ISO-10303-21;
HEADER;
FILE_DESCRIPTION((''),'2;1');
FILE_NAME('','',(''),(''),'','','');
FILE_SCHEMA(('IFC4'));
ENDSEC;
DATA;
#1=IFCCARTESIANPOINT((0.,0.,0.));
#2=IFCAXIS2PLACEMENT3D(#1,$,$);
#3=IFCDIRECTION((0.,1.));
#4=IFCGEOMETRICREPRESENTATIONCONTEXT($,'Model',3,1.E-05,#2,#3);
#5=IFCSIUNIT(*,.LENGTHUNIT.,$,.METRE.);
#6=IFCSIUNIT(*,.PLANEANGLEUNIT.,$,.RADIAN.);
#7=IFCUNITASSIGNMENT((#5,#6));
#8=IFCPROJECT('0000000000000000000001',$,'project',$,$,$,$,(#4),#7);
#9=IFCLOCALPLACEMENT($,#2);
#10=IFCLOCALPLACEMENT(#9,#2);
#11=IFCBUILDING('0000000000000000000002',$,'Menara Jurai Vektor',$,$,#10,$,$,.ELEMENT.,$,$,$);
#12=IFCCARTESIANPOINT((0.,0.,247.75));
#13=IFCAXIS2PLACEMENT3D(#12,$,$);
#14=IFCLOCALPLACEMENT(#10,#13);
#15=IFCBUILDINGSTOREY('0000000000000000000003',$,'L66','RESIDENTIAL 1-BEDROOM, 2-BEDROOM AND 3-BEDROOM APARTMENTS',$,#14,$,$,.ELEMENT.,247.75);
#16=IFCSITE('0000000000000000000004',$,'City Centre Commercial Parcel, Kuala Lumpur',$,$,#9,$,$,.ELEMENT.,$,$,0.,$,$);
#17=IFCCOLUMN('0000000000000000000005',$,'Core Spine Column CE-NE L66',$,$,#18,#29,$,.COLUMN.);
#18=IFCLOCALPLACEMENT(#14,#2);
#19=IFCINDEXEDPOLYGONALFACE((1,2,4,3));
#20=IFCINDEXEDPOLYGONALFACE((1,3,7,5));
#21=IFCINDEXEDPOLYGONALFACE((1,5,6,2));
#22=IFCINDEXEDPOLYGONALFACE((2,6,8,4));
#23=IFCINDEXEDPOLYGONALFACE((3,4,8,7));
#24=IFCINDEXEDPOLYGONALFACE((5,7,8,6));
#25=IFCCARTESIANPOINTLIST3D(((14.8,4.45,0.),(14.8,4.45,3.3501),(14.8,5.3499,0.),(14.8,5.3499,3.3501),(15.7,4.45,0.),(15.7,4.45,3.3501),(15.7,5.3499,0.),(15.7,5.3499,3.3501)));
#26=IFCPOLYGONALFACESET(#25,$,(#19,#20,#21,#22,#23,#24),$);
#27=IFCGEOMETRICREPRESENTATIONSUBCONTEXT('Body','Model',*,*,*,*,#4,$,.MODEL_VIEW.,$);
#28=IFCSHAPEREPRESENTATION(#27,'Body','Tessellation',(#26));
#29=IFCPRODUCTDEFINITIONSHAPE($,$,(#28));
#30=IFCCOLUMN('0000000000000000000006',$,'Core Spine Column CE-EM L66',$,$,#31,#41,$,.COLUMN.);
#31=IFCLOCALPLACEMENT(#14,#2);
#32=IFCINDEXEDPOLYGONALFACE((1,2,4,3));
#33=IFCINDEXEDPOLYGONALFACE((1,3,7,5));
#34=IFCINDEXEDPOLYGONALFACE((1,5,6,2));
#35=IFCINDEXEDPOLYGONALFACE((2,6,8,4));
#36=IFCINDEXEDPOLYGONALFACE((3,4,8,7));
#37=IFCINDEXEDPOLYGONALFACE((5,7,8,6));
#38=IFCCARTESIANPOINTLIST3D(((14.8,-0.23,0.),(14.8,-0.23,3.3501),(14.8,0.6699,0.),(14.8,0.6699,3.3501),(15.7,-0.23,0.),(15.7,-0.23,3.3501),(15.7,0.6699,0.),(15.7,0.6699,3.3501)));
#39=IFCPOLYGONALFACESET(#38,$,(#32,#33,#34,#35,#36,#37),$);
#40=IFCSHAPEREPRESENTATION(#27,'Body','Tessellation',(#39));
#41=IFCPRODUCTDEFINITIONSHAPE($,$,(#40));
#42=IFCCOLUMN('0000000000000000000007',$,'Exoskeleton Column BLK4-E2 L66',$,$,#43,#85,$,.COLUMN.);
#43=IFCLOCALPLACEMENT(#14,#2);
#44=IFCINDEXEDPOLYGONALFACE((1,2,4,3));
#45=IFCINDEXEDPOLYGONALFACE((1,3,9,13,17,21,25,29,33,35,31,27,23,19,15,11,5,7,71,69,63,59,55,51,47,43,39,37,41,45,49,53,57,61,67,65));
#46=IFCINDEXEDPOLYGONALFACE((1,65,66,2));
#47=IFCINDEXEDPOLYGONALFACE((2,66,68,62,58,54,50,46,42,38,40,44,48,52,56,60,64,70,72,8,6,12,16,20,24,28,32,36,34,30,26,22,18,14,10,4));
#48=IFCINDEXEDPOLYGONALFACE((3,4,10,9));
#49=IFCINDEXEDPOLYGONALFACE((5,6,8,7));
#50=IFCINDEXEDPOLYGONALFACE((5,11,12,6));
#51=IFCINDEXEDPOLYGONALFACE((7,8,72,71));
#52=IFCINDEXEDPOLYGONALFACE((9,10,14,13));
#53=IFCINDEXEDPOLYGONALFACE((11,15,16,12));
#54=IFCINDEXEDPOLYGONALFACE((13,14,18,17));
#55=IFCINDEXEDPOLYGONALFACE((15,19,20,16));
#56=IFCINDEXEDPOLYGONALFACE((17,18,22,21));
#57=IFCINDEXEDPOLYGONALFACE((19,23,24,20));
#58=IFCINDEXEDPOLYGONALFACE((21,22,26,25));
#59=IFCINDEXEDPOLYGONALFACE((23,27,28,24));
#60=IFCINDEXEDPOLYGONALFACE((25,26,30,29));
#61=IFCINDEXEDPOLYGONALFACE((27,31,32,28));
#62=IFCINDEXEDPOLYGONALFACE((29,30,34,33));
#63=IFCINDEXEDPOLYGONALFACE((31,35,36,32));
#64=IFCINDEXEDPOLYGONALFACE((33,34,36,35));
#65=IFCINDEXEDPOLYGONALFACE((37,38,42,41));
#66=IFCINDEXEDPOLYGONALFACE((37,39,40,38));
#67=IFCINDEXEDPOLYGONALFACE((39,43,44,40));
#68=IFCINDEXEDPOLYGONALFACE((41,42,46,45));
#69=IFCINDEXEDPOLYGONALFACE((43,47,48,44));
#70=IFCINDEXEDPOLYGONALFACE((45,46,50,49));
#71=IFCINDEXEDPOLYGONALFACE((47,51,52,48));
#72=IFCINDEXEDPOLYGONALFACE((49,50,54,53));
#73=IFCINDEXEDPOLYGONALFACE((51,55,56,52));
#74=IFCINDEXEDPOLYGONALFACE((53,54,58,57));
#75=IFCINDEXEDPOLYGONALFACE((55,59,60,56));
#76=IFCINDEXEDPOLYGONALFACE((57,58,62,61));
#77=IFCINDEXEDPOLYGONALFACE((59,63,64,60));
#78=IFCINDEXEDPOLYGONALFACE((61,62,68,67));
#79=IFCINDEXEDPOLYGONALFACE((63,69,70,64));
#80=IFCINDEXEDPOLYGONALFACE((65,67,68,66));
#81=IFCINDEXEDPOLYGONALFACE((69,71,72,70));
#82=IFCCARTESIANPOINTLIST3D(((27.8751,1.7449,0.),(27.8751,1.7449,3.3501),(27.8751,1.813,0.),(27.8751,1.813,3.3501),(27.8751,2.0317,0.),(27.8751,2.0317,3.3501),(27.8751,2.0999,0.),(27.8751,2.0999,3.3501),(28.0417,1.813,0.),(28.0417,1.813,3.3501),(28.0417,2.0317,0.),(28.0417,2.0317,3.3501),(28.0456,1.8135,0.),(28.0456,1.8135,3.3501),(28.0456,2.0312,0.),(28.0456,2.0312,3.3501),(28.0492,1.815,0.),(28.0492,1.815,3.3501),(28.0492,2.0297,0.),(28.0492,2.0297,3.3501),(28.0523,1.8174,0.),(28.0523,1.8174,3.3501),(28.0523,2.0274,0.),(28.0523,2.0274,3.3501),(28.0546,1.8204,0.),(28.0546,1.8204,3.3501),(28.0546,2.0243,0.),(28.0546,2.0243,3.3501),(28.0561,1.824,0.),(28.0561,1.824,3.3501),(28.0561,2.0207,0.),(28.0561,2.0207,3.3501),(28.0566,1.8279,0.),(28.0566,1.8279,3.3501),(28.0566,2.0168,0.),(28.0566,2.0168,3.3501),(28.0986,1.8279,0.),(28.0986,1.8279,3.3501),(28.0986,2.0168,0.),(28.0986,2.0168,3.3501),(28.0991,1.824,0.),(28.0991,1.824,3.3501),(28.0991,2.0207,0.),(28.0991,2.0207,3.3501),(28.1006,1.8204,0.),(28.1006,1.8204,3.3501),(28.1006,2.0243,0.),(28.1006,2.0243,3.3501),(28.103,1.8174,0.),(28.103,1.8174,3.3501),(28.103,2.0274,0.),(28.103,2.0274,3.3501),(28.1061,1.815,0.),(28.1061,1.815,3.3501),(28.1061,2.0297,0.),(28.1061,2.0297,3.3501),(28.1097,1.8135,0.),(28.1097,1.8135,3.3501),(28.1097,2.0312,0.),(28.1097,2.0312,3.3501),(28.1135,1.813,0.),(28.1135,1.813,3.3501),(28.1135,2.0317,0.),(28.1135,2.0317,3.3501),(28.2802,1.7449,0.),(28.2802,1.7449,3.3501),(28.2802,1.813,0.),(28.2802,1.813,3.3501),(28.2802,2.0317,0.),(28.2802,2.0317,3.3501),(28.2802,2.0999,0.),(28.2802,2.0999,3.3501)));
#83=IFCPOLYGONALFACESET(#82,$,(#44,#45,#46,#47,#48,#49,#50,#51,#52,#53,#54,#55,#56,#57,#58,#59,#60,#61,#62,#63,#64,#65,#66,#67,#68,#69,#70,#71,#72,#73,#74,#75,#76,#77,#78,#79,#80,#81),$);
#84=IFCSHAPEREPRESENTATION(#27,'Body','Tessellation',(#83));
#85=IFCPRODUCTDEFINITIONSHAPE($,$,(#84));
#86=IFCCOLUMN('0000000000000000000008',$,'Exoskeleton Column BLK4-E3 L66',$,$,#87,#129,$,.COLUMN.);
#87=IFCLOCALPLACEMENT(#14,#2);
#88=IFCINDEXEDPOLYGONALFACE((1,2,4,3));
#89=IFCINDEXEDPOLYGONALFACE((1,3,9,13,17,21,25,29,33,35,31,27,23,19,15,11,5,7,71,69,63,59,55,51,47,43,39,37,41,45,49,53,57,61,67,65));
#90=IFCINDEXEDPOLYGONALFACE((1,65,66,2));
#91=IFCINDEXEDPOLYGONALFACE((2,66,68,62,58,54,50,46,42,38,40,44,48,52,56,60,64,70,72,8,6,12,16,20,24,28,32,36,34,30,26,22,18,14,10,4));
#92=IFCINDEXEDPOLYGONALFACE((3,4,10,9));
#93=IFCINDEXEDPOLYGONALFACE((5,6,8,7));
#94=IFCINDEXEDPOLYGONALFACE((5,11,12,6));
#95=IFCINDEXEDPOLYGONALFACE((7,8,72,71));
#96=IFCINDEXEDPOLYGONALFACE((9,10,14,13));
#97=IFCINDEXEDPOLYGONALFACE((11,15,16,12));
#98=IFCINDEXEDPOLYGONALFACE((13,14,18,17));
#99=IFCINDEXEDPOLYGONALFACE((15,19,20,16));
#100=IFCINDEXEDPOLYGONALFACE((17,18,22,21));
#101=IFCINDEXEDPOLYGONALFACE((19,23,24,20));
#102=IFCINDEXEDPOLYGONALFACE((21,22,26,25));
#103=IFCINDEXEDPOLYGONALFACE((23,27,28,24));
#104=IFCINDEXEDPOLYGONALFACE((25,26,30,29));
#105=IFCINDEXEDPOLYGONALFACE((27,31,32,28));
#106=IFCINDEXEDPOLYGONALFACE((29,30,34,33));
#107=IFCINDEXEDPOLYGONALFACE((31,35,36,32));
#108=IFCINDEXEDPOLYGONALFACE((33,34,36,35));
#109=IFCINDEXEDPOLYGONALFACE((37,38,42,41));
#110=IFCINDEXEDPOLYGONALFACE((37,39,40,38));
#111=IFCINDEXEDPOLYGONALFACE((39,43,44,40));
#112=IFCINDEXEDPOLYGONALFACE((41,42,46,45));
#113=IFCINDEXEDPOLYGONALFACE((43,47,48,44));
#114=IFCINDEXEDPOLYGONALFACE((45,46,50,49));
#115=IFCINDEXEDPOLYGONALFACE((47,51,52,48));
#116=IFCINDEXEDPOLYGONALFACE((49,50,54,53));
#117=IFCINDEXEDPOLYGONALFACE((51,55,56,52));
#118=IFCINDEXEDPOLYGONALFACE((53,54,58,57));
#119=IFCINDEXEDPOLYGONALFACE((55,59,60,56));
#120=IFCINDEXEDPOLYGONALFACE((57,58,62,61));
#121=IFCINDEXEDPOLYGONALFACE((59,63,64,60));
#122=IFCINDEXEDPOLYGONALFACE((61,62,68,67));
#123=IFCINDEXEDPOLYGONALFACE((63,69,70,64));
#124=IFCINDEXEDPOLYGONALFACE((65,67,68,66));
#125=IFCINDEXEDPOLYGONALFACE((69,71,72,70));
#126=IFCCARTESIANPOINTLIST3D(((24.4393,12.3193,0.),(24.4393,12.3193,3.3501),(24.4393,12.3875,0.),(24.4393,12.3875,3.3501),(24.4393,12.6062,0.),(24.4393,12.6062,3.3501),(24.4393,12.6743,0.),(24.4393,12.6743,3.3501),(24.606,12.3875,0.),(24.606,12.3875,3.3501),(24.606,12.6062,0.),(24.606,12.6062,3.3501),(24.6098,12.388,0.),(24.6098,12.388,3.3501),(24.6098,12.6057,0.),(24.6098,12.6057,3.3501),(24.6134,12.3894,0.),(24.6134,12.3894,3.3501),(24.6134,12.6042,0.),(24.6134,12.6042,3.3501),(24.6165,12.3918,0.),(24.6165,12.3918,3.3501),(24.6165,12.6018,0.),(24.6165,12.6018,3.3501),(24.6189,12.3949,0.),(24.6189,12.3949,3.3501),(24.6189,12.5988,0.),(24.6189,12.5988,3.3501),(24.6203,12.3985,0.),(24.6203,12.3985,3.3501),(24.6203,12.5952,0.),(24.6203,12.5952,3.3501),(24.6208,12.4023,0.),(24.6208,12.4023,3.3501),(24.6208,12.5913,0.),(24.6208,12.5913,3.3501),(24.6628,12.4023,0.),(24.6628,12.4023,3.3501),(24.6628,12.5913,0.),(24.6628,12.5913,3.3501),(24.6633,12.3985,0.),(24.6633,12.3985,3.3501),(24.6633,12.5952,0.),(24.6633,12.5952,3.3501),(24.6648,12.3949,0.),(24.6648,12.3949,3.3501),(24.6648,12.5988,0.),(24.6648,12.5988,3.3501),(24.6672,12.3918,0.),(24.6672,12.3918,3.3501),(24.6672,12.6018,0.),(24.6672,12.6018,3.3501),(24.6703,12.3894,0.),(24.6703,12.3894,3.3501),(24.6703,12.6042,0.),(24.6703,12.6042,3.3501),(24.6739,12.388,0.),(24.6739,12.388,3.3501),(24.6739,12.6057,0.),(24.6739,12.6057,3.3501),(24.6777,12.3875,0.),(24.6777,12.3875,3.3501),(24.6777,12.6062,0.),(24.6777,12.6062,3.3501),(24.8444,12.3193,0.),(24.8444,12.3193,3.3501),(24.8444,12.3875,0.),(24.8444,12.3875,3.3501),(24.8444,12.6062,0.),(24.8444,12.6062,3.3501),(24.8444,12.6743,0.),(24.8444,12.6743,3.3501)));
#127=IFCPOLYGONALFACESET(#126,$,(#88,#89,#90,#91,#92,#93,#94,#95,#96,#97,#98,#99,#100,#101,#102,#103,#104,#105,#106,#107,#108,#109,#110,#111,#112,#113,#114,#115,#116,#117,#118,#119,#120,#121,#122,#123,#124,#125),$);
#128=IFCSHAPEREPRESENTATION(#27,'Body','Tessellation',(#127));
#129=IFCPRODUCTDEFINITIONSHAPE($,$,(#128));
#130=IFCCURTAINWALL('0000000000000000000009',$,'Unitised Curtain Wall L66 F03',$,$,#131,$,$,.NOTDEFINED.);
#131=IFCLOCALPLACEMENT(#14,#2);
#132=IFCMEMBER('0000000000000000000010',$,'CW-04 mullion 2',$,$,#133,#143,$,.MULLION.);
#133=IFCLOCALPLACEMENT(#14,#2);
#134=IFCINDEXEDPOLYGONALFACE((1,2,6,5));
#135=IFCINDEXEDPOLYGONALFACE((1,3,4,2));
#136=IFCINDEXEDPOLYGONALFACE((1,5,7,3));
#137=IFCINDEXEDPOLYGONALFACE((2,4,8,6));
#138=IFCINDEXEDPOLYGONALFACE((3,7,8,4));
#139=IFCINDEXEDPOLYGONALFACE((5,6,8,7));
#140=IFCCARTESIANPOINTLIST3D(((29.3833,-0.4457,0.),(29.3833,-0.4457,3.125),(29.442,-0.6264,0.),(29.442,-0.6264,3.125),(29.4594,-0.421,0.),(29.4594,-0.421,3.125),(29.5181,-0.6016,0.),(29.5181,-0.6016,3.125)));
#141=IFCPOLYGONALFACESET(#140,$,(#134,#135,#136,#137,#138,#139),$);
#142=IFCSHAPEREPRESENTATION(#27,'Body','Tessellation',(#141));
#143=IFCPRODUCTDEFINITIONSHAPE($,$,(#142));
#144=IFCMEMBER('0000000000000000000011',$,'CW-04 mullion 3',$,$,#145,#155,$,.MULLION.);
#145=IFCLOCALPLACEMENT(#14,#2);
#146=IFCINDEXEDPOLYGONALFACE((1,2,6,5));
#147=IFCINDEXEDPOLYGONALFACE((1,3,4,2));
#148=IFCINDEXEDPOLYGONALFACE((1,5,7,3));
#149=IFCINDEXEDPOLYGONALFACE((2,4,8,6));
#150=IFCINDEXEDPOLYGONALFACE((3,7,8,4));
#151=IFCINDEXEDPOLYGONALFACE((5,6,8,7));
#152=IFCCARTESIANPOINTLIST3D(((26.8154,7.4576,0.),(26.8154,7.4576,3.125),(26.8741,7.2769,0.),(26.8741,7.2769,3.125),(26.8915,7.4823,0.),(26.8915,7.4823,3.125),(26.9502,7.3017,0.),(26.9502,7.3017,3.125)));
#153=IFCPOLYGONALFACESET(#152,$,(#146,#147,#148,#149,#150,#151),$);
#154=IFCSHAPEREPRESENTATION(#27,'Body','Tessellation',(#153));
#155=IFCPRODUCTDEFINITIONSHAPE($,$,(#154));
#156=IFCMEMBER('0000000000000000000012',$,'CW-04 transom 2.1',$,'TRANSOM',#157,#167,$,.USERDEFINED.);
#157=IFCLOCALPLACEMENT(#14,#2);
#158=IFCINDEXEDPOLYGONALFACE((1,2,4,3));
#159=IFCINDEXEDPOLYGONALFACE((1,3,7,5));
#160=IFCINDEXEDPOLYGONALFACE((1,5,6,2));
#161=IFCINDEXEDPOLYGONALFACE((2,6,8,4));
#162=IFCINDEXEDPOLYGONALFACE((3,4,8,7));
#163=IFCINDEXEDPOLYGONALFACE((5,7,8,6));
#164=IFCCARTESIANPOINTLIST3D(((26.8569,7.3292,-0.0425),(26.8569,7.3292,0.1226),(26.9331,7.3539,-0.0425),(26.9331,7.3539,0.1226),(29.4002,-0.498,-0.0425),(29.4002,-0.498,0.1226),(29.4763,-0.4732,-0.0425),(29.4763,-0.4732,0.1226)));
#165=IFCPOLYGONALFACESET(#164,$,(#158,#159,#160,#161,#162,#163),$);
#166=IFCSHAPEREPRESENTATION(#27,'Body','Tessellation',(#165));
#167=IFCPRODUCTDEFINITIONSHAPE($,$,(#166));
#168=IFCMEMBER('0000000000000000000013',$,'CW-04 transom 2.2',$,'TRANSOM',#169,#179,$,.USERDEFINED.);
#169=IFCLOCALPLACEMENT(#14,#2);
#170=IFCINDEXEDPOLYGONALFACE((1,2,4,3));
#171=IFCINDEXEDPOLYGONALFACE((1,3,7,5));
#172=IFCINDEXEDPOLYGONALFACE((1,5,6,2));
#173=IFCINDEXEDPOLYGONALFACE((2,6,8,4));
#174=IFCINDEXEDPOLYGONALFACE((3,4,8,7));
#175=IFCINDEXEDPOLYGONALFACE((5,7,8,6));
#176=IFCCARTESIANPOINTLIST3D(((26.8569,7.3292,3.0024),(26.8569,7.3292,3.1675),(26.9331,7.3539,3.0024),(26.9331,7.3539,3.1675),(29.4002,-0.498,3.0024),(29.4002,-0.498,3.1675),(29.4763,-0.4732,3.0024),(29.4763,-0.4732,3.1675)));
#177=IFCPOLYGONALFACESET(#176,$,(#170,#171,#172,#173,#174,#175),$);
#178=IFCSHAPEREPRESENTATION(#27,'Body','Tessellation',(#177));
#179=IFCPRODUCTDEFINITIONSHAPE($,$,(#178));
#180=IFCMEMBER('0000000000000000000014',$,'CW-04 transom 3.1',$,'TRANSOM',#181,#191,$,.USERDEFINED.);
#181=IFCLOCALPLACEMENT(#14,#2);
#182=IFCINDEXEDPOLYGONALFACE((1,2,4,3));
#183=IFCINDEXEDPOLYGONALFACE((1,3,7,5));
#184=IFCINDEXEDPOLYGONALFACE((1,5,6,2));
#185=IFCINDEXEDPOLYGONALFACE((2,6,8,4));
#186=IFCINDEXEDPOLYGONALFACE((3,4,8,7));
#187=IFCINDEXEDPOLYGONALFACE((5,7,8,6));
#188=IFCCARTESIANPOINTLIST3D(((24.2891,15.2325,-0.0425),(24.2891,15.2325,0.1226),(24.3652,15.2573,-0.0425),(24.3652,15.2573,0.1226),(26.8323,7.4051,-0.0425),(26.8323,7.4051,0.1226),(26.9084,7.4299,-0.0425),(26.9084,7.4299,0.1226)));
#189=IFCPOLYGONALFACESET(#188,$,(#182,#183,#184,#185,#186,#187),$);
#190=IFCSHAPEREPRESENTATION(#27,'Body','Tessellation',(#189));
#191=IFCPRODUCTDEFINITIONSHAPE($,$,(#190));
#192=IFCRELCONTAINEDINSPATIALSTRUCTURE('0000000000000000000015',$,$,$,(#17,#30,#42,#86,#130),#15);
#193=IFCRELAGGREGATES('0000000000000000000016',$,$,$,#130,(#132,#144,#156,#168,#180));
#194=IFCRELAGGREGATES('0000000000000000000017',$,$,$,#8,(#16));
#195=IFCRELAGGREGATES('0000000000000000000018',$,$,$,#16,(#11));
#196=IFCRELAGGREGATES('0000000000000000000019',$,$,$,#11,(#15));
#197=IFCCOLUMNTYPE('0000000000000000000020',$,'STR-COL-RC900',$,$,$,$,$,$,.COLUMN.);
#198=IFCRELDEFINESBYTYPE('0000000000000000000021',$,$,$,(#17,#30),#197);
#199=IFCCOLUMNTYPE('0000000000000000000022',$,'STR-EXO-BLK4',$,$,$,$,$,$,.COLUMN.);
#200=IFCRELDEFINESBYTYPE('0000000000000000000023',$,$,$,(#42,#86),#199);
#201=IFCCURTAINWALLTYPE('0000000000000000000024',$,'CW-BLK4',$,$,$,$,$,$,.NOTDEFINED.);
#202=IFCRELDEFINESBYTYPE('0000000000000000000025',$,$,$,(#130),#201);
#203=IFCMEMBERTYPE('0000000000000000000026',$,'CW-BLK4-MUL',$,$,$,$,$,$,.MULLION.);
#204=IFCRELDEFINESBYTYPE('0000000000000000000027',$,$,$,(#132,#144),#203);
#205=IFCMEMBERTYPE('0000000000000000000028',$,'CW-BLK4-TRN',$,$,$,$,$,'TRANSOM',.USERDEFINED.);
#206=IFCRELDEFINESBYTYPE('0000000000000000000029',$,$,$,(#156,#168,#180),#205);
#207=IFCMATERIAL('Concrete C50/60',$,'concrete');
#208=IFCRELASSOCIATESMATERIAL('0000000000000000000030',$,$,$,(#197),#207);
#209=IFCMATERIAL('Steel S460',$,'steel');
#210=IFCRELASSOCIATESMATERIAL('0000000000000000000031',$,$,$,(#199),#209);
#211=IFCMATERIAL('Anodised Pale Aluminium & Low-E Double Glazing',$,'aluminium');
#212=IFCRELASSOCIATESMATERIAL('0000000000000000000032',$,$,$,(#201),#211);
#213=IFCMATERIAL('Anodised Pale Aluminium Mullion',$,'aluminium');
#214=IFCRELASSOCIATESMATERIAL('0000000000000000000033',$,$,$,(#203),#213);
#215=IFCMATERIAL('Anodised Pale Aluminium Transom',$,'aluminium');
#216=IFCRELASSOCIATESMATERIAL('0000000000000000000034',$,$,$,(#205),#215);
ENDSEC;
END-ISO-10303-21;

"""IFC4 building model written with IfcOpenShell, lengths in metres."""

from ifc_helpers import new_model, si_unit, direction, frame, origin, origin_2d, place, context, subcontext, project, spatial, rectangle, i_section, extrude, material, material_profile, profile_set, type_object, element, aggregate, save


model = new_model("IFC4")

# Units and contexts
model_context = context("Model", 3, precision=1e-05, world=origin(), true_north=direction((0.0, 1.0)))
body_context = subcontext(model_context, "Body", "Model", "MODEL_VIEW")
ifc_project = project(units=[si_unit("LENGTHUNIT", "METRE"), si_unit("PLANEANGLEUNIT", "RADIAN")], contexts=[model_context])

# Site, building, storey
site_placement = place(None, origin())
site = spatial("IfcSite", under=ifc_project, at=site_placement, Name="City Centre Commercial Parcel, Kuala Lumpur", CompositionType="ELEMENT", RefElevation=0.0)
building_placement = place(site_placement, origin())
building = spatial("IfcBuilding", under=site, at=building_placement, Name="Menara Jurai Vektor", CompositionType="ELEMENT")
storey_placement = place(building_placement, frame((0.0, 0.0, 247.75)))
storey = spatial("IfcBuildingStorey", under=building, at=storey_placement, Name="L66", Description="RESIDENTIAL 1-BEDROOM, 2-BEDROOM AND 3-BEDROOM APARTMENTS", CompositionType="ELEMENT", Elevation=247.75)

# Columns
ifc_material_1 = material(Name="Concrete C50/60", Category="concrete")
ifc_material_profile_1 = material_profile(ifc_material_1, rectangle(XDim=0.8999, YDim=0.8999, at=origin_2d()), Name="RC 900x900")
ifc_profile_set_1 = profile_set([ifc_material_profile_1], Name="Concrete C50/60")
column_type_1 = type_object("IfcColumnType", Name="STR-COL-RC900", PredefinedType="COLUMN", material=ifc_profile_set_1)
for number, where, z_axis, x_axis, name in (
    (1, (15.25, 4.8999, 0.0), (0.0, 0.0, 1.0), (1.0, 0.0, 0.0), "Core Spine Column CE-NE L66"),
    (2, (15.25, 0.22, 0.0), (0.0, 0.0, 1.0), (1.0, 0.0, 0.0), "Core Spine Column CE-EM L66"),
):
    element("IfcColumn", number, at=place(storey_placement, frame(where, z_axis=z_axis, x_axis=x_axis)), inside=storey, type_object=column_type_1, Name=name, PredefinedType="COLUMN", context=body_context, shape_type="SweptSolid", body=[
        extrude(rectangle(XDim=0.8999, YDim=0.8999, at=origin_2d()), origin(), (0.0, 0.0, 1.0), 3.3501),
    ])
ifc_material_2 = material(Name="Steel S460", Category="steel")
ifc_material_profile_2 = material_profile(ifc_material_2, i_section(OverallWidth=0.405, OverallDepth=0.355, WebThickness=0.042, FlangeThickness=0.0681, FilletRadius=0.0149, at=origin_2d()), Name="HD 400x551")
ifc_profile_set_2 = profile_set([ifc_material_profile_2], Name="Steel S460")
column_type_2 = type_object("IfcColumnType", Name="STR-EXO-BLK4", PredefinedType="COLUMN", material=ifc_profile_set_2)
for number, where, z_axis, x_axis, name in (
    (3, (28.0776, 1.9224, 0.0), (0.0, 0.0, 1.0), (1.0, 0.0, 0.0), "Exoskeleton Column BLK4-E2 L66"),
    (4, (24.6418, 12.4968, 0.0), (0.0, 0.0, 1.0), (1.0, 0.0, 0.0), "Exoskeleton Column BLK4-E3 L66"),
):
    element("IfcColumn", number, at=place(storey_placement, frame(where, z_axis=z_axis, x_axis=x_axis)), inside=storey, type_object=column_type_2, Name=name, PredefinedType="COLUMN", context=body_context, shape_type="SweptSolid", body=[
        extrude(i_section(OverallWidth=0.405, OverallDepth=0.355, WebThickness=0.042, FlangeThickness=0.0681, FilletRadius=0.0149, at=origin_2d()), origin(), (0.0, 0.0, 1.0), 3.3501),
    ])

# Curtain wall, members
ifc_material_3 = material(Name="Anodised Pale Aluminium & Low-E Double Glazing", Category="aluminium")
curtain_wall_type = type_object("IfcCurtainWallType", Name="CW-BLK4", PredefinedType="NOTDEFINED", material=ifc_material_3)
curtain_wall_placement = place(storey_placement, origin())
curtain_wall = element("IfcCurtainWall", 5, at=curtain_wall_placement, inside=storey, type_object=curtain_wall_type, Name="Unitised Curtain Wall L66 F03", PredefinedType="NOTDEFINED")
ifc_material_4 = material(Name="Anodised Pale Aluminium Mullion", Category="aluminium")
ifc_material_profile_3 = material_profile(ifc_material_4, rectangle(XDim=0.0801, YDim=0.1899, at=origin_2d()), Name="ALU MUL 80x190")
ifc_profile_set_3 = profile_set([ifc_material_profile_3], Name="Anodised Pale Aluminium Mullion")
member_type_1 = type_object("IfcMemberType", Name="CW-BLK4-MUL", PredefinedType="MULLION", material=ifc_profile_set_3)
member_1_placement = place(storey_placement, frame((29.4507, -0.5237, 0.0), z_axis=(0.0, 0.0, 1.0), x_axis=(-0.951057, -0.309016, 0.0)))
member_1 = element("IfcMember", 6, at=member_1_placement, type_object=member_type_1, Name="CW-04 mullion 2", PredefinedType="MULLION", context=body_context, shape_type="SweptSolid", body=[
    extrude(rectangle(XDim=0.0801, YDim=0.1899, at=origin_2d()), origin(), (0.0, 0.0, 1.0), 3.125),
])
member_2_placement = place(storey_placement, frame((26.8828, 7.3796, 0.0), z_axis=(0.0, 0.0, 1.0), x_axis=(-0.951057, -0.309016, 0.0)))
member_2 = element("IfcMember", 7, at=member_2_placement, type_object=member_type_1, Name="CW-04 mullion 3", PredefinedType="MULLION", context=body_context, shape_type="SweptSolid", body=[
    extrude(rectangle(XDim=0.0801, YDim=0.1899, at=origin_2d()), origin(), (0.0, 0.0, 1.0), 3.125),
])
ifc_material_5 = material(Name="Anodised Pale Aluminium Transom", Category="aluminium")
ifc_material_profile_4 = material_profile(ifc_material_5, rectangle(XDim=0.0801, YDim=0.165, at=origin_2d()), Name="ALU TRN 80x165")
ifc_profile_set_4 = profile_set([ifc_material_profile_4], Name="Anodised Pale Aluminium Transom")
member_type_2 = type_object("IfcMemberType", Name="CW-BLK4-TRN", ElementType="TRANSOM", PredefinedType="USERDEFINED", material=ifc_profile_set_4)
member_3_placement = place(storey_placement, frame((29.4382, -0.4856, 0.04), z_axis=(-0.309019, 0.951056, 0.0), x_axis=(-0.951056, -0.309019, 0.0)))
member_3 = element("IfcMember", 8, at=member_3_placement, type_object=member_type_2, Name="CW-04 transom 2.1", ObjectType="TRANSOM", PredefinedType="USERDEFINED", context=body_context, shape_type="SweptSolid", body=[
    extrude(rectangle(XDim=0.0801, YDim=0.165, at=origin_2d()), origin(), (0.0, 0.0, 1.0), 8.23),
])
member_4_placement = place(storey_placement, frame((29.4382, -0.4856, 3.085), z_axis=(-0.309019, 0.951056, 0.0), x_axis=(-0.951056, -0.309019, 0.0)))
member_4 = element("IfcMember", 9, at=member_4_placement, type_object=member_type_2, Name="CW-04 transom 2.2", ObjectType="TRANSOM", PredefinedType="USERDEFINED", context=body_context, shape_type="SweptSolid", body=[
    extrude(rectangle(XDim=0.0801, YDim=0.165, at=origin_2d()), origin(), (0.0, 0.0, 1.0), 8.23),
])
member_5_placement = place(storey_placement, frame((26.8704, 7.4175, 0.04), z_axis=(-0.30901, 0.951059, 0.0), x_axis=(-0.951059, -0.30901, 0.0)))
member_5 = element("IfcMember", 10, at=member_5_placement, type_object=member_type_2, Name="CW-04 transom 3.1", ObjectType="TRANSOM", PredefinedType="USERDEFINED", context=body_context, shape_type="SweptSolid", body=[
    extrude(rectangle(XDim=0.0801, YDim=0.165, at=origin_2d()), origin(), (0.0, 0.0, 1.0), 8.2302),
])

aggregate(curtain_wall, [member_1, member_2, member_3, member_4, member_5])

save(model, "model.ifc")
